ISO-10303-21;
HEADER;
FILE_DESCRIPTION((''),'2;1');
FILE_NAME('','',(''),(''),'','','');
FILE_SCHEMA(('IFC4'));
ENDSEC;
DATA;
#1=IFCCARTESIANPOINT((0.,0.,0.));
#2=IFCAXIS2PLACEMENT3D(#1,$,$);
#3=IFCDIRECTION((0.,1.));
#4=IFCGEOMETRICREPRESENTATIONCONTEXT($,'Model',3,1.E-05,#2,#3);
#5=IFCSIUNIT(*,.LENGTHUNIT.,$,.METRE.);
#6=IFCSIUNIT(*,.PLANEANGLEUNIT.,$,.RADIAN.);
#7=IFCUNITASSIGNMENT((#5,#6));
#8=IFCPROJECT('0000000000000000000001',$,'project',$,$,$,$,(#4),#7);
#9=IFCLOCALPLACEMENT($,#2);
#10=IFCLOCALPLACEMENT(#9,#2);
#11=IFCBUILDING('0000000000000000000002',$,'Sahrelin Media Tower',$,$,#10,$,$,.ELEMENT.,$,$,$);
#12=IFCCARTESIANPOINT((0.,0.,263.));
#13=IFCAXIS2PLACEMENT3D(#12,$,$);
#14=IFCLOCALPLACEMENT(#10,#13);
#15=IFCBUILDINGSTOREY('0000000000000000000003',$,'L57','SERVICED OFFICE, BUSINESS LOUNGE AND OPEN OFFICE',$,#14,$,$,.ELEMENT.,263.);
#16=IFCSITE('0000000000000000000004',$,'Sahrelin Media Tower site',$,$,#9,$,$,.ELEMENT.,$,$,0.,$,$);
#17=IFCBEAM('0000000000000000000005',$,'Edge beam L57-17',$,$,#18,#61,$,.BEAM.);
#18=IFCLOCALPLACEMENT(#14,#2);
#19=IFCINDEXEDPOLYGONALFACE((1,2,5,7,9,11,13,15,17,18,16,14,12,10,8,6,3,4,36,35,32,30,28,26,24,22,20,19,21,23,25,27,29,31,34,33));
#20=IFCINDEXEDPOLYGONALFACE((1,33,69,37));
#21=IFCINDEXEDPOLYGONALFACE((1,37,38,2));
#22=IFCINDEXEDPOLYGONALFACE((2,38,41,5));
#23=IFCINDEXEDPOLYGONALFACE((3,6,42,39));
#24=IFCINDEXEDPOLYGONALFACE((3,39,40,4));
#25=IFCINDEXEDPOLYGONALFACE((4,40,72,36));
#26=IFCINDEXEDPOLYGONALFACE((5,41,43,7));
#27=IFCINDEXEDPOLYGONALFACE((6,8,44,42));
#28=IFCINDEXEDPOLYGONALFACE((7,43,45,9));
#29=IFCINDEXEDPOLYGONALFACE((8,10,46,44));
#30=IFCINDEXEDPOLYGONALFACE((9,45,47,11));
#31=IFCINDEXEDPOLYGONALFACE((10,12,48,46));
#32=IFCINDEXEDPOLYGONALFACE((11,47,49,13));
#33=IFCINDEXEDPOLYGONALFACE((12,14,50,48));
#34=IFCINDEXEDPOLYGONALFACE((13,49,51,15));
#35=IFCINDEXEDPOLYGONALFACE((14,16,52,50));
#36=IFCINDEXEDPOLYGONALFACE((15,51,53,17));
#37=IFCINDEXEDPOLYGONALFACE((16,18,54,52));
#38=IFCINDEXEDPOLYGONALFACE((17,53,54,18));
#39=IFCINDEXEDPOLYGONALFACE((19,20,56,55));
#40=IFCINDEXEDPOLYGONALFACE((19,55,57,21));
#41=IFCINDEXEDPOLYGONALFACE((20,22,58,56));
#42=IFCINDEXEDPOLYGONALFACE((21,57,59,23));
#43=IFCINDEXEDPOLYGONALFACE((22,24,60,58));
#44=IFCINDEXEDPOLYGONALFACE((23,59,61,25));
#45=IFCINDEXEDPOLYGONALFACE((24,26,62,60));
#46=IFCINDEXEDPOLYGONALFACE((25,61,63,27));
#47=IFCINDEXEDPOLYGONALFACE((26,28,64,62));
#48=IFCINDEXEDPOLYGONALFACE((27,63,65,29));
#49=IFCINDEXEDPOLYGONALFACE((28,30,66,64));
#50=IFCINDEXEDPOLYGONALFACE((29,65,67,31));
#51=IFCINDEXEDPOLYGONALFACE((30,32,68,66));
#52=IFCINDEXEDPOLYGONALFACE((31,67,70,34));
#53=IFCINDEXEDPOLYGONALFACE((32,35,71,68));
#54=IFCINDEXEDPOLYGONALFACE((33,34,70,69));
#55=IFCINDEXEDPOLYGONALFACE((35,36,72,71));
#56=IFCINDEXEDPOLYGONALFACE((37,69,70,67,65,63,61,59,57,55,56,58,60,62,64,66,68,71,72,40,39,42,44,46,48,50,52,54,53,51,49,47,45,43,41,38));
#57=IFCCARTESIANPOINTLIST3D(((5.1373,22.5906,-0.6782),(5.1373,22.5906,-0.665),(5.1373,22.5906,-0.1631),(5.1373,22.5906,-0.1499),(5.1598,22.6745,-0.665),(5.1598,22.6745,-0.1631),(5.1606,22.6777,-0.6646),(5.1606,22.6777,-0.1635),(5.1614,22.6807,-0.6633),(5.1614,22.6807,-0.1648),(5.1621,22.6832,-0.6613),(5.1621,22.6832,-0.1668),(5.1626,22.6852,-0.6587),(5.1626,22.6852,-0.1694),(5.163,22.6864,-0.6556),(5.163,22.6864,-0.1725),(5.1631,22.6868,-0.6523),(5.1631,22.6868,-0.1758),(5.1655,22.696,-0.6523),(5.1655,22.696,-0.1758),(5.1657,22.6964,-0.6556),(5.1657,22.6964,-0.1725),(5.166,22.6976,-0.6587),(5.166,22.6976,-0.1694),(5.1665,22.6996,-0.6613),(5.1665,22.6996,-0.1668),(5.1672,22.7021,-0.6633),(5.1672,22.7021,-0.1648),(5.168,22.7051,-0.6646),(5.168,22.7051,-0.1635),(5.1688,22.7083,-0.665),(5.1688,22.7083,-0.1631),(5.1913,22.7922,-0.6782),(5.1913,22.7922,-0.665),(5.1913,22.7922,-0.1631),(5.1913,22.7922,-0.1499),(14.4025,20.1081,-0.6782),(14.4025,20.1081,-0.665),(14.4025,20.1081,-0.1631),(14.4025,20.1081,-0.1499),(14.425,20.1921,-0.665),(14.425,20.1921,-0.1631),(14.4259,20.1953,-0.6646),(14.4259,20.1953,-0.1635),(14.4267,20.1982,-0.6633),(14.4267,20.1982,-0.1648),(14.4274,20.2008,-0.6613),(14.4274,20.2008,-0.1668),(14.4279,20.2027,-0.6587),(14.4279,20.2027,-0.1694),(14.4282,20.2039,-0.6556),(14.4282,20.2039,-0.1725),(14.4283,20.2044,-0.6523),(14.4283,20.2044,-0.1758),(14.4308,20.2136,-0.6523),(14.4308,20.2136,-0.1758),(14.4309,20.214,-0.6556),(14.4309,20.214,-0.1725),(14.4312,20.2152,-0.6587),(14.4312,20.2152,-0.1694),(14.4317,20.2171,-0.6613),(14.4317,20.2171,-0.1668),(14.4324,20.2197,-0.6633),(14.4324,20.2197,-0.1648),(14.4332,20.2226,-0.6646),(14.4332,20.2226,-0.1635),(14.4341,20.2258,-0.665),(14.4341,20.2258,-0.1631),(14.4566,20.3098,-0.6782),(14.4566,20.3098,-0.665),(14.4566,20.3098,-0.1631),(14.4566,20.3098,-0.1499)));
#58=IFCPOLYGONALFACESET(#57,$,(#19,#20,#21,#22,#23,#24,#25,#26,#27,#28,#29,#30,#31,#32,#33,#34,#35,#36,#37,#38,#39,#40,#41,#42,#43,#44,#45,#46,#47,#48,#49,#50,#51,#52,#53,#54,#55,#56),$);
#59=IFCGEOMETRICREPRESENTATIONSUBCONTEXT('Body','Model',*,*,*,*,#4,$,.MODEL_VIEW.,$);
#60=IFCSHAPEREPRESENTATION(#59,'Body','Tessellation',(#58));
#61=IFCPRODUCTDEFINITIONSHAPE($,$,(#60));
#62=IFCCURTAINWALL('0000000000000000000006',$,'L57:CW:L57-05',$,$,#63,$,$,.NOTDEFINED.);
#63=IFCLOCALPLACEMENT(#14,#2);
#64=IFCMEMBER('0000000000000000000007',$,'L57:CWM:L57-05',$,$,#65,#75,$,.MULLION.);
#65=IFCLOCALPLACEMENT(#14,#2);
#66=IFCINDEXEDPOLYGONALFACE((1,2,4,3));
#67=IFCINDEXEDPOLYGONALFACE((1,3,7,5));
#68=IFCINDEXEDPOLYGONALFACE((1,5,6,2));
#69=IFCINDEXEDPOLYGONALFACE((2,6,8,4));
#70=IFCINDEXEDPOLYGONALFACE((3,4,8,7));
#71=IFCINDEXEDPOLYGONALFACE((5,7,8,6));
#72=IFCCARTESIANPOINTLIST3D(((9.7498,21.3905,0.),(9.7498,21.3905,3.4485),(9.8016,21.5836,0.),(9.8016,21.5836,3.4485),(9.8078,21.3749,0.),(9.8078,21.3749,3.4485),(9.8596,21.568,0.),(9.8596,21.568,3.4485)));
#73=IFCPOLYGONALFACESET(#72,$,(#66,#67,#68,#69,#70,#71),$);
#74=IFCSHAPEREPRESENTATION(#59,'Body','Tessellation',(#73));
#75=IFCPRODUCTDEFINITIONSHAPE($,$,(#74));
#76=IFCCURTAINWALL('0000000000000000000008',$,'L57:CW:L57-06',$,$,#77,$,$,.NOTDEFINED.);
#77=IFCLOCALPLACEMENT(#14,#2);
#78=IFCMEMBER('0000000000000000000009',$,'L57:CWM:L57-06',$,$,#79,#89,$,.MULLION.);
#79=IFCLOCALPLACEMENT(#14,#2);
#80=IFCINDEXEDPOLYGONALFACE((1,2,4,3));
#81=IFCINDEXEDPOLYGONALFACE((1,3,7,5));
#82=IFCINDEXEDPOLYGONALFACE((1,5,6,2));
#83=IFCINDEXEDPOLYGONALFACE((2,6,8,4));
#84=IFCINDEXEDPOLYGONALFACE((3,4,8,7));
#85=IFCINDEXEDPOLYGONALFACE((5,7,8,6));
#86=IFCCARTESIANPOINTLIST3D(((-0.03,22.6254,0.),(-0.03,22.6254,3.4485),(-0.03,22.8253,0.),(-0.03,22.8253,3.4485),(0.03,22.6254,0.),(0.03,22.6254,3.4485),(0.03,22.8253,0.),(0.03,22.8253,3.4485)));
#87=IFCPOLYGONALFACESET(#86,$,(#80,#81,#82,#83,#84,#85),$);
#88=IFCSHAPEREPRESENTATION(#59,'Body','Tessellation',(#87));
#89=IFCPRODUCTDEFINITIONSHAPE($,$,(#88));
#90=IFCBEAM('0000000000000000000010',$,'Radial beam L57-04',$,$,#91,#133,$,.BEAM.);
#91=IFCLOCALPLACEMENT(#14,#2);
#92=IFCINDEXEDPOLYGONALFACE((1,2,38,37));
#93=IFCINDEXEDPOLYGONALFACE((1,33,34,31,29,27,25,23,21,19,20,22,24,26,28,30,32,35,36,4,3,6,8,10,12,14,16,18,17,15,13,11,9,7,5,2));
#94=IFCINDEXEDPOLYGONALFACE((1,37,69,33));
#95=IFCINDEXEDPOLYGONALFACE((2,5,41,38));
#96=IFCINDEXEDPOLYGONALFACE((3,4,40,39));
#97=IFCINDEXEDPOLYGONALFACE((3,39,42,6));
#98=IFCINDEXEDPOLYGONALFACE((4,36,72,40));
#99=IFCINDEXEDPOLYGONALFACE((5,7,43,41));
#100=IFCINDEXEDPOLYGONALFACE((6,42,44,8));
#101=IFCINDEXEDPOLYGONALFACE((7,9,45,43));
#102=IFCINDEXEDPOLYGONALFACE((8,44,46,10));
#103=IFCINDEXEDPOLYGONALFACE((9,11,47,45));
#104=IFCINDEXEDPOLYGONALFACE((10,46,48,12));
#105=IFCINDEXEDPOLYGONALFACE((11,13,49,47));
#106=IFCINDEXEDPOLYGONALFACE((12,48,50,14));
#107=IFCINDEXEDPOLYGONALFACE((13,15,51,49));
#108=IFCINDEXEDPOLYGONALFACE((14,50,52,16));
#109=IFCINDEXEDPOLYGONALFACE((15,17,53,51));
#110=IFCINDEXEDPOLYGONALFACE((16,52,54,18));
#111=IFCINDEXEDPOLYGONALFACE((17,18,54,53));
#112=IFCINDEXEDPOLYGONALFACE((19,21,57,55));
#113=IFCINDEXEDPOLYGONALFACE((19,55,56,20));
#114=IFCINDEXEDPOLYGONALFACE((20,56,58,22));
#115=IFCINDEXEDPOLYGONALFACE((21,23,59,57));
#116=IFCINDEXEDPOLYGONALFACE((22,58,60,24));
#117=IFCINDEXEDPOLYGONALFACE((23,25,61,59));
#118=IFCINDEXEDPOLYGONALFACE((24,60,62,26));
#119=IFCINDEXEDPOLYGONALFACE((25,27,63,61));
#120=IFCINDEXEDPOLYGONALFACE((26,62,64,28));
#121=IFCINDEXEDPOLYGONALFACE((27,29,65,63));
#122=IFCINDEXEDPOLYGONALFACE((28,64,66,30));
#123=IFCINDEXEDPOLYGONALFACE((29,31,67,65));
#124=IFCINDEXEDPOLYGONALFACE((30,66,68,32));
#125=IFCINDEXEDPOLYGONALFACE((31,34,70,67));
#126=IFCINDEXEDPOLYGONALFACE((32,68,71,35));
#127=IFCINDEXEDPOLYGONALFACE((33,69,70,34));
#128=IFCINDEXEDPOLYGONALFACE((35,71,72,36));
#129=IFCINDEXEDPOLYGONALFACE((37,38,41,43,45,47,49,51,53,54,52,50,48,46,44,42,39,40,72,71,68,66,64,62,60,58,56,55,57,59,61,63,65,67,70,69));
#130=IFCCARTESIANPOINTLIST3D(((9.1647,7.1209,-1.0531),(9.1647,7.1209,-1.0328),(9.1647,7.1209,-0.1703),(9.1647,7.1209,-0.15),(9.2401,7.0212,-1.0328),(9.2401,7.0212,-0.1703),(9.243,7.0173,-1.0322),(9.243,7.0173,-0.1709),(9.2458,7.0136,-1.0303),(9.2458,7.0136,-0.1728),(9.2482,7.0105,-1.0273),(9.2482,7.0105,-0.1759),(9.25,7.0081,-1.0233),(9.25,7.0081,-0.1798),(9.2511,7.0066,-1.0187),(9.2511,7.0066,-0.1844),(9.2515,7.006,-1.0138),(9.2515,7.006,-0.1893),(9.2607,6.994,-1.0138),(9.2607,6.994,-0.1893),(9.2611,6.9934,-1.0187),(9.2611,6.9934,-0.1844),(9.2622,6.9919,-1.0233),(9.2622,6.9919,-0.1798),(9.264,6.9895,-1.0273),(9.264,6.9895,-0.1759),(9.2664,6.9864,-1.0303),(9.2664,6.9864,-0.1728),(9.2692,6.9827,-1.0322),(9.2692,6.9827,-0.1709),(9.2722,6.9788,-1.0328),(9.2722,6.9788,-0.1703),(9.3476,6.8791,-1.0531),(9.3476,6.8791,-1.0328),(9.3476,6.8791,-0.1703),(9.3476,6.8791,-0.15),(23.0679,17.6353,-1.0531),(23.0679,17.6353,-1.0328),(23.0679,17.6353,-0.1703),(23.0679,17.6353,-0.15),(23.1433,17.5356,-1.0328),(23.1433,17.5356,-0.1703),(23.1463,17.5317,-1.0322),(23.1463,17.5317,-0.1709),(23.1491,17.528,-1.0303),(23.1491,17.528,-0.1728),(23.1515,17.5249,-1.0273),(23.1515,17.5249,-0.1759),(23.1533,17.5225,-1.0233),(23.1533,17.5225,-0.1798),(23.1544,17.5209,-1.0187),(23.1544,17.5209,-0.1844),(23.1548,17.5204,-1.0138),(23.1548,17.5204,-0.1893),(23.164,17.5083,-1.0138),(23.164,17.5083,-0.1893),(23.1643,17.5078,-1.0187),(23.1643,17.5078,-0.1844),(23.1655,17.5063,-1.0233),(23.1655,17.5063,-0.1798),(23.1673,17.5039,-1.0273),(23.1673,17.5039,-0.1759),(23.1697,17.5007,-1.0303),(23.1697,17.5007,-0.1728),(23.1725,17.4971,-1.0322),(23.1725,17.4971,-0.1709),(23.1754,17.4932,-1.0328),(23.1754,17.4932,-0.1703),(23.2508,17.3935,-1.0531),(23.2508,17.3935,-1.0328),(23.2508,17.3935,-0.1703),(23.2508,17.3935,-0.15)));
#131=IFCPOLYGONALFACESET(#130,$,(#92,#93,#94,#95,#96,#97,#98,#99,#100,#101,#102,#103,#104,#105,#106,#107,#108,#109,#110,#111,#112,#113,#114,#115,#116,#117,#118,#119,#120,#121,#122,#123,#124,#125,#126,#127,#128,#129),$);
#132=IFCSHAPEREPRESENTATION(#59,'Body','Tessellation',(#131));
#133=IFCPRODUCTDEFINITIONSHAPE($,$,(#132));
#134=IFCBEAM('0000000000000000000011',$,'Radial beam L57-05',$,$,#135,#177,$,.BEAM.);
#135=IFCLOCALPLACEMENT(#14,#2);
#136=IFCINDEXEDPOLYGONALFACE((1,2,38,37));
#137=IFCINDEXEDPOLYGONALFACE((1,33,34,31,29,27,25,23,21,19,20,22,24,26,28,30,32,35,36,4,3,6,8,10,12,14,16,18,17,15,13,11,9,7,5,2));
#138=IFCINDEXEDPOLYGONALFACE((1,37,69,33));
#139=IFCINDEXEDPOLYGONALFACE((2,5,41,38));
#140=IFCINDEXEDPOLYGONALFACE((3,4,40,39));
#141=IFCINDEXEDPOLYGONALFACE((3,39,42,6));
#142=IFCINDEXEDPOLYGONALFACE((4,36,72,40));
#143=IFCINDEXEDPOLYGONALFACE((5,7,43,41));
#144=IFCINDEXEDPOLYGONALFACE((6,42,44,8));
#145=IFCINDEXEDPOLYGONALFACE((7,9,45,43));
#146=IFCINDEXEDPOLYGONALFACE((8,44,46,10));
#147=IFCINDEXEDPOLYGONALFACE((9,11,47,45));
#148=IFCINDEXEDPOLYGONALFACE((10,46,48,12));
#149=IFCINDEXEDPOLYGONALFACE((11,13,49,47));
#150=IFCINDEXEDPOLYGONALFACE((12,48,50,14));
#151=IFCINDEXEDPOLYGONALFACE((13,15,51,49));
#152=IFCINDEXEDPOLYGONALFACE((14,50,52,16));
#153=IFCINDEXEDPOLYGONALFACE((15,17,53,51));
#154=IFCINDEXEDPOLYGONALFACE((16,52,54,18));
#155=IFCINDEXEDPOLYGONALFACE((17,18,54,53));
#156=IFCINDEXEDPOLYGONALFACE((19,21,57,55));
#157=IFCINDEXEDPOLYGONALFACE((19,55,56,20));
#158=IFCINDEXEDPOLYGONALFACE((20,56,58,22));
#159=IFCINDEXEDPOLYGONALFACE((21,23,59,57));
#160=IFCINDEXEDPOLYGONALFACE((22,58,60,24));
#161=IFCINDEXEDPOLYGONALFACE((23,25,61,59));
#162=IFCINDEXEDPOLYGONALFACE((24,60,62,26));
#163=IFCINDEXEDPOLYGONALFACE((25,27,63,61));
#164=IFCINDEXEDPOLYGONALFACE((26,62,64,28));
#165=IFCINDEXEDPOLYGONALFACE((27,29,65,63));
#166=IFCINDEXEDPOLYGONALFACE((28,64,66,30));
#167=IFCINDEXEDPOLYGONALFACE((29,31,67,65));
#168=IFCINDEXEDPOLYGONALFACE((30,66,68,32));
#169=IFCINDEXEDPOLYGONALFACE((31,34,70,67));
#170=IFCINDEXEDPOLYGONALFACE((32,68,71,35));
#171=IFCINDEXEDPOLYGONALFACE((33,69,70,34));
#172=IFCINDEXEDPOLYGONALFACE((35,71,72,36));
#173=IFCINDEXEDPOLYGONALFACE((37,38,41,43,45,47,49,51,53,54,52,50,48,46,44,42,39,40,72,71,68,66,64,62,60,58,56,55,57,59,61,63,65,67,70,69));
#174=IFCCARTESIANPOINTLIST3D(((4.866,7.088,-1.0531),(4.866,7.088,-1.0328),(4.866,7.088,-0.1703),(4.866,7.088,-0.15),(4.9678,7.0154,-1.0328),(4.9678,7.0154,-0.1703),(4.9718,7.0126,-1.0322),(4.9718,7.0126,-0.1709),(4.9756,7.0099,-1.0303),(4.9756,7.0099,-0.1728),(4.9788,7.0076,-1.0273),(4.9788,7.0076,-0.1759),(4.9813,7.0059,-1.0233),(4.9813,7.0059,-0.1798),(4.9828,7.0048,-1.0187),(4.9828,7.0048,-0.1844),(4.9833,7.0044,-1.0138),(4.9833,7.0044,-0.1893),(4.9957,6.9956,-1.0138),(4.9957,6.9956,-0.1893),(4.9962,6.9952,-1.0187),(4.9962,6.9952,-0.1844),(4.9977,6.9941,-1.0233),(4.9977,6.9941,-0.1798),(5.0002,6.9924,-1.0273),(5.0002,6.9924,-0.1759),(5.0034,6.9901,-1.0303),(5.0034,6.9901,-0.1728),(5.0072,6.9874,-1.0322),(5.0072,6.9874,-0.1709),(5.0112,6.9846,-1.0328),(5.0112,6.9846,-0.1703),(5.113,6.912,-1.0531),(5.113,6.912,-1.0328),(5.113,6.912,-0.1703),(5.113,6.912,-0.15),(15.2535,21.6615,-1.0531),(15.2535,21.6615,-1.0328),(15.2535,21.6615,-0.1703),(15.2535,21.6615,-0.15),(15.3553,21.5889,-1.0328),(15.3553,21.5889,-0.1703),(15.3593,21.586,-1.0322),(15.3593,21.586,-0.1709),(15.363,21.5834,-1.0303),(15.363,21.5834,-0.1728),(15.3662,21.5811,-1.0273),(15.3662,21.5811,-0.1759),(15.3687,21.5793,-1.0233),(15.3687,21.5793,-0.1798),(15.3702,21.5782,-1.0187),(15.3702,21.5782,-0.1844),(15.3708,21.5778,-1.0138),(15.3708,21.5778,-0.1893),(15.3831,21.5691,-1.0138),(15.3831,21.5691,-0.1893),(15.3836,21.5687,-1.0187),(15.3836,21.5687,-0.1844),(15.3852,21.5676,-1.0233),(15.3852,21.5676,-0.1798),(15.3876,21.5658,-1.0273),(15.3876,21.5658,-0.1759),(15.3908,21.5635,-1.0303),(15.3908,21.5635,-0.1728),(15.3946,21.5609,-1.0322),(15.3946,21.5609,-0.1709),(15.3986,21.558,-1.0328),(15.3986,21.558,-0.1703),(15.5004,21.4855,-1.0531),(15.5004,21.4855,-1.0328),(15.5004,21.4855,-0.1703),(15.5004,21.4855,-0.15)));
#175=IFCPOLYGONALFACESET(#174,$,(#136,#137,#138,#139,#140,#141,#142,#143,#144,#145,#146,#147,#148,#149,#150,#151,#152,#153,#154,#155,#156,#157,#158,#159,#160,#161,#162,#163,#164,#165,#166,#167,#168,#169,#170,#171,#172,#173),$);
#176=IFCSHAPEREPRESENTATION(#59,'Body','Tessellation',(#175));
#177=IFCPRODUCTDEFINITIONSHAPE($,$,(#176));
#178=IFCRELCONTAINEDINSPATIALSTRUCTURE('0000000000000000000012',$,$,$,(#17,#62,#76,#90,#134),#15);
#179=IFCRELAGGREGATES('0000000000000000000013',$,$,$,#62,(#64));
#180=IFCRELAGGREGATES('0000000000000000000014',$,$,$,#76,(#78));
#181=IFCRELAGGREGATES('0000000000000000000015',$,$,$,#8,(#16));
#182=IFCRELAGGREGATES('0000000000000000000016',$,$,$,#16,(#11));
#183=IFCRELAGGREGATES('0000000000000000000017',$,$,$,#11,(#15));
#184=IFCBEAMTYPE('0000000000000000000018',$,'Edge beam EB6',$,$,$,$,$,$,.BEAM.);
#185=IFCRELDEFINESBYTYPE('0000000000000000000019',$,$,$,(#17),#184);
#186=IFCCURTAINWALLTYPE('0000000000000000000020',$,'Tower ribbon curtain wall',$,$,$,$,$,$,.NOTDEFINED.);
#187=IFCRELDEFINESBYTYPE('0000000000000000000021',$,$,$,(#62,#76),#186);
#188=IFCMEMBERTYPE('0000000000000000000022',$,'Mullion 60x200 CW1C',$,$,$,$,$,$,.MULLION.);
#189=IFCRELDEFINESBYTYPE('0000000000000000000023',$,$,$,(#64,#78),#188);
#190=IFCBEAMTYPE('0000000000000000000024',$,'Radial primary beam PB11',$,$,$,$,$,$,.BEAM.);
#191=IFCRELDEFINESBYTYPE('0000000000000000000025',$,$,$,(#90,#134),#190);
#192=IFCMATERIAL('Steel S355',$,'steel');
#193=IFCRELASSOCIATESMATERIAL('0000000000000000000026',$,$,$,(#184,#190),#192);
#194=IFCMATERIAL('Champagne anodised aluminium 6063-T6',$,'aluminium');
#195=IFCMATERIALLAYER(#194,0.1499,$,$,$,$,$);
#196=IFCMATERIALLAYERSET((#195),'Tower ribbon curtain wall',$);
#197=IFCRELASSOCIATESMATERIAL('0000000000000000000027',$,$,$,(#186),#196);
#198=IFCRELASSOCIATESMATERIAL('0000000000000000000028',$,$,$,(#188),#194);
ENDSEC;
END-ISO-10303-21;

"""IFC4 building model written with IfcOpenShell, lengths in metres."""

from ifc_helpers import new_model, si_unit, direction, frame, origin, origin_2d, place, context, subcontext, project, spatial, rectangle, i_section, extrude, material, layer, layer_set, material_profile, profile_set, type_object, element, aggregate, save


model = new_model("IFC4")

# Units and contexts
model_context = context("Model", 3, precision=1e-05, world=origin(), true_north=direction((0.0, 1.0)))
body_context = subcontext(model_context, "Body", "Model", "MODEL_VIEW")
ifc_project = project(units=[si_unit("LENGTHUNIT", "METRE"), si_unit("PLANEANGLEUNIT", "RADIAN")], contexts=[model_context])

# Site, building, storey
site_placement = place(None, origin())
site = spatial("IfcSite", under=ifc_project, at=site_placement, Name="Sahrelin Media Tower site", CompositionType="ELEMENT", RefElevation=0.0)
building_placement = place(site_placement, origin())
building = spatial("IfcBuilding", under=site, at=building_placement, Name="Sahrelin Media Tower", CompositionType="ELEMENT")
storey_placement = place(building_placement, frame((0.0, 0.0, 263.0)))
storey = spatial("IfcBuildingStorey", under=building, at=storey_placement, Name="L57", Description="SERVICED OFFICE, BUSINESS LOUNGE AND OPEN OFFICE", CompositionType="ELEMENT", Elevation=263.0)

# Beam
ifc_material_1 = material(Name="Steel S355", Category="steel")
ifc_material_profile_1 = material_profile(ifc_material_1, i_section(OverallWidth=0.2087, OverallDepth=0.5283, WebThickness=0.0095, FlangeThickness=0.0132, FilletRadius=0.0127, at=origin_2d()), Name="UB 533x210x82")
ifc_profile_set_1 = profile_set([ifc_material_profile_1], Name="Steel S355")
beam_type_1 = type_object("IfcBeamType", Name="Edge beam EB6", PredefinedType="BEAM", material=ifc_profile_set_1)
beam_1_placement = place(storey_placement, frame((5.1643, 22.6914, -0.4141), z_axis=(0.96593, -0.258803, 0.0), x_axis=(0.258803, 0.96593, 0.0)))
element("IfcBeam", 1, at=beam_1_placement, inside=storey, type_object=beam_type_1, Name="Edge beam L57-17", PredefinedType="BEAM", context=body_context, shape_type="SweptSolid", body=[
    extrude(i_section(OverallWidth=0.2087, OverallDepth=0.5283, WebThickness=0.0095, FlangeThickness=0.0132, FilletRadius=0.0127, at=origin_2d()), origin(), (0.0, 0.0, 1.0), 9.592),
])

# Curtain walls, members
ifc_material_2 = material(Name="Champagne anodised aluminium 6063-T6", Category="aluminium")
ifc_layer_1 = layer(ifc_material_2, 0.1499)
ifc_layer_set_1 = layer_set([ifc_layer_1], Name="Tower ribbon curtain wall")
curtain_wall_type = type_object("IfcCurtainWallType", Name="Tower ribbon curtain wall", PredefinedType="NOTDEFINED", material=ifc_layer_set_1)
curtain_wall_1_placement = place(storey_placement, frame((9.8357, 21.5952, 0.0), z_axis=(0.0, 0.0, 1.0), x_axis=(1.0, 0.0, 0.0)))
curtain_wall_1 = element("IfcCurtainWall", 2, at=curtain_wall_1_placement, inside=storey, type_object=curtain_wall_type, Name="L57:CW:L57-05", PredefinedType="NOTDEFINED")
ifc_material_profile_2 = material_profile(ifc_material_2, rectangle(XDim=0.0601, YDim=0.2, at=origin_2d()), Name="Mullion 60x200")
ifc_profile_set_2 = profile_set([ifc_material_profile_2], Name="Champagne anodised aluminium 6063-T6")
member_type_1 = type_object("IfcMemberType", Name="Mullion 60x200 CW1C", PredefinedType="MULLION", material=ifc_profile_set_2)
member_1_placement = place(storey_placement, frame((9.8047, 21.4792, 0.0), z_axis=(0.0, 0.0, 1.0), x_axis=(-0.965925, 0.258821, 0.0)))
member_1 = element("IfcMember", 3, at=member_1_placement, type_object=member_type_1, Name="L57:CWM:L57-05", PredefinedType="MULLION", context=body_context, shape_type="SweptSolid", body=[
    extrude(rectangle(XDim=0.0601, YDim=0.2, at=origin_2d()), origin(), (0.0, 0.0, 1.0), 3.4485),
])
aggregate(curtain_wall_1, [member_1])
placement_1 = place(storey_placement, frame((0.0, 22.8452, 0.0), z_axis=(0.0, 0.0, 1.0), x_axis=(1.0, 0.0, 0.0)))
curtain_wall_2 = element("IfcCurtainWall", 4, at=placement_1, inside=storey, type_object=curtain_wall_type, Name="L57:CW:L57-06", PredefinedType="NOTDEFINED")
member_2_placement = place(storey_placement, frame((0.0, 22.7253, 0.0), z_axis=(0.0, 0.0, 1.0), x_axis=(-1.0, 0.0, 0.0)))
member_2 = element("IfcMember", 5, at=member_2_placement, type_object=member_type_1, Name="L57:CWM:L57-06", PredefinedType="MULLION", context=body_context, shape_type="SweptSolid", body=[
    extrude(rectangle(XDim=0.0601, YDim=0.2, at=origin_2d()), origin(), (0.0, 0.0, 1.0), 3.4485),
])

# Beams
ifc_material_profile_3 = material_profile(ifc_material_1, i_section(OverallWidth=0.3032, OverallDepth=0.9031, WebThickness=0.0151, FlangeThickness=0.0203, FilletRadius=0.019, at=origin_2d()), Name="UB 914x305x201")
ifc_profile_set_3 = profile_set([ifc_material_profile_3], Name="Steel S355")
beam_type_2 = type_object("IfcBeamType", Name="Radial primary beam PB11", PredefinedType="BEAM", material=ifc_profile_set_3)
beam_2_placement = place(storey_placement, frame((9.2561, 7.0, -0.6016), z_axis=(0.7976, 0.603186, 0.0), x_axis=(-0.603186, 0.7976, 0.0)))
element("IfcBeam", 6, at=beam_2_placement, inside=storey, type_object=beam_type_2, Name="Radial beam L57-04", PredefinedType="BEAM", context=body_context, shape_type="SweptSolid", body=[
    extrude(i_section(OverallWidth=0.3032, OverallDepth=0.9031, WebThickness=0.0151, FlangeThickness=0.0203, FilletRadius=0.019, at=origin_2d()), origin(), (0.0, 0.0, 1.0), 17.4314),
])
beam_3_placement = place(storey_placement, frame((4.9895, 7.0, -0.6016), z_axis=(0.580417, 0.814319, 0.0), x_axis=(-0.814319, 0.580417, 0.0)))
element("IfcBeam", 7, at=beam_3_placement, inside=storey, type_object=beam_type_2, Name="Radial beam L57-05", PredefinedType="BEAM", context=body_context, shape_type="SweptSolid", body=[
    extrude(i_section(OverallWidth=0.3032, OverallDepth=0.9031, WebThickness=0.0151, FlangeThickness=0.0203, FilletRadius=0.019, at=origin_2d()), origin(), (0.0, 0.0, 1.0), 17.8965),
])

aggregate(curtain_wall_2, [member_2])

save(model, "model.ifc")
